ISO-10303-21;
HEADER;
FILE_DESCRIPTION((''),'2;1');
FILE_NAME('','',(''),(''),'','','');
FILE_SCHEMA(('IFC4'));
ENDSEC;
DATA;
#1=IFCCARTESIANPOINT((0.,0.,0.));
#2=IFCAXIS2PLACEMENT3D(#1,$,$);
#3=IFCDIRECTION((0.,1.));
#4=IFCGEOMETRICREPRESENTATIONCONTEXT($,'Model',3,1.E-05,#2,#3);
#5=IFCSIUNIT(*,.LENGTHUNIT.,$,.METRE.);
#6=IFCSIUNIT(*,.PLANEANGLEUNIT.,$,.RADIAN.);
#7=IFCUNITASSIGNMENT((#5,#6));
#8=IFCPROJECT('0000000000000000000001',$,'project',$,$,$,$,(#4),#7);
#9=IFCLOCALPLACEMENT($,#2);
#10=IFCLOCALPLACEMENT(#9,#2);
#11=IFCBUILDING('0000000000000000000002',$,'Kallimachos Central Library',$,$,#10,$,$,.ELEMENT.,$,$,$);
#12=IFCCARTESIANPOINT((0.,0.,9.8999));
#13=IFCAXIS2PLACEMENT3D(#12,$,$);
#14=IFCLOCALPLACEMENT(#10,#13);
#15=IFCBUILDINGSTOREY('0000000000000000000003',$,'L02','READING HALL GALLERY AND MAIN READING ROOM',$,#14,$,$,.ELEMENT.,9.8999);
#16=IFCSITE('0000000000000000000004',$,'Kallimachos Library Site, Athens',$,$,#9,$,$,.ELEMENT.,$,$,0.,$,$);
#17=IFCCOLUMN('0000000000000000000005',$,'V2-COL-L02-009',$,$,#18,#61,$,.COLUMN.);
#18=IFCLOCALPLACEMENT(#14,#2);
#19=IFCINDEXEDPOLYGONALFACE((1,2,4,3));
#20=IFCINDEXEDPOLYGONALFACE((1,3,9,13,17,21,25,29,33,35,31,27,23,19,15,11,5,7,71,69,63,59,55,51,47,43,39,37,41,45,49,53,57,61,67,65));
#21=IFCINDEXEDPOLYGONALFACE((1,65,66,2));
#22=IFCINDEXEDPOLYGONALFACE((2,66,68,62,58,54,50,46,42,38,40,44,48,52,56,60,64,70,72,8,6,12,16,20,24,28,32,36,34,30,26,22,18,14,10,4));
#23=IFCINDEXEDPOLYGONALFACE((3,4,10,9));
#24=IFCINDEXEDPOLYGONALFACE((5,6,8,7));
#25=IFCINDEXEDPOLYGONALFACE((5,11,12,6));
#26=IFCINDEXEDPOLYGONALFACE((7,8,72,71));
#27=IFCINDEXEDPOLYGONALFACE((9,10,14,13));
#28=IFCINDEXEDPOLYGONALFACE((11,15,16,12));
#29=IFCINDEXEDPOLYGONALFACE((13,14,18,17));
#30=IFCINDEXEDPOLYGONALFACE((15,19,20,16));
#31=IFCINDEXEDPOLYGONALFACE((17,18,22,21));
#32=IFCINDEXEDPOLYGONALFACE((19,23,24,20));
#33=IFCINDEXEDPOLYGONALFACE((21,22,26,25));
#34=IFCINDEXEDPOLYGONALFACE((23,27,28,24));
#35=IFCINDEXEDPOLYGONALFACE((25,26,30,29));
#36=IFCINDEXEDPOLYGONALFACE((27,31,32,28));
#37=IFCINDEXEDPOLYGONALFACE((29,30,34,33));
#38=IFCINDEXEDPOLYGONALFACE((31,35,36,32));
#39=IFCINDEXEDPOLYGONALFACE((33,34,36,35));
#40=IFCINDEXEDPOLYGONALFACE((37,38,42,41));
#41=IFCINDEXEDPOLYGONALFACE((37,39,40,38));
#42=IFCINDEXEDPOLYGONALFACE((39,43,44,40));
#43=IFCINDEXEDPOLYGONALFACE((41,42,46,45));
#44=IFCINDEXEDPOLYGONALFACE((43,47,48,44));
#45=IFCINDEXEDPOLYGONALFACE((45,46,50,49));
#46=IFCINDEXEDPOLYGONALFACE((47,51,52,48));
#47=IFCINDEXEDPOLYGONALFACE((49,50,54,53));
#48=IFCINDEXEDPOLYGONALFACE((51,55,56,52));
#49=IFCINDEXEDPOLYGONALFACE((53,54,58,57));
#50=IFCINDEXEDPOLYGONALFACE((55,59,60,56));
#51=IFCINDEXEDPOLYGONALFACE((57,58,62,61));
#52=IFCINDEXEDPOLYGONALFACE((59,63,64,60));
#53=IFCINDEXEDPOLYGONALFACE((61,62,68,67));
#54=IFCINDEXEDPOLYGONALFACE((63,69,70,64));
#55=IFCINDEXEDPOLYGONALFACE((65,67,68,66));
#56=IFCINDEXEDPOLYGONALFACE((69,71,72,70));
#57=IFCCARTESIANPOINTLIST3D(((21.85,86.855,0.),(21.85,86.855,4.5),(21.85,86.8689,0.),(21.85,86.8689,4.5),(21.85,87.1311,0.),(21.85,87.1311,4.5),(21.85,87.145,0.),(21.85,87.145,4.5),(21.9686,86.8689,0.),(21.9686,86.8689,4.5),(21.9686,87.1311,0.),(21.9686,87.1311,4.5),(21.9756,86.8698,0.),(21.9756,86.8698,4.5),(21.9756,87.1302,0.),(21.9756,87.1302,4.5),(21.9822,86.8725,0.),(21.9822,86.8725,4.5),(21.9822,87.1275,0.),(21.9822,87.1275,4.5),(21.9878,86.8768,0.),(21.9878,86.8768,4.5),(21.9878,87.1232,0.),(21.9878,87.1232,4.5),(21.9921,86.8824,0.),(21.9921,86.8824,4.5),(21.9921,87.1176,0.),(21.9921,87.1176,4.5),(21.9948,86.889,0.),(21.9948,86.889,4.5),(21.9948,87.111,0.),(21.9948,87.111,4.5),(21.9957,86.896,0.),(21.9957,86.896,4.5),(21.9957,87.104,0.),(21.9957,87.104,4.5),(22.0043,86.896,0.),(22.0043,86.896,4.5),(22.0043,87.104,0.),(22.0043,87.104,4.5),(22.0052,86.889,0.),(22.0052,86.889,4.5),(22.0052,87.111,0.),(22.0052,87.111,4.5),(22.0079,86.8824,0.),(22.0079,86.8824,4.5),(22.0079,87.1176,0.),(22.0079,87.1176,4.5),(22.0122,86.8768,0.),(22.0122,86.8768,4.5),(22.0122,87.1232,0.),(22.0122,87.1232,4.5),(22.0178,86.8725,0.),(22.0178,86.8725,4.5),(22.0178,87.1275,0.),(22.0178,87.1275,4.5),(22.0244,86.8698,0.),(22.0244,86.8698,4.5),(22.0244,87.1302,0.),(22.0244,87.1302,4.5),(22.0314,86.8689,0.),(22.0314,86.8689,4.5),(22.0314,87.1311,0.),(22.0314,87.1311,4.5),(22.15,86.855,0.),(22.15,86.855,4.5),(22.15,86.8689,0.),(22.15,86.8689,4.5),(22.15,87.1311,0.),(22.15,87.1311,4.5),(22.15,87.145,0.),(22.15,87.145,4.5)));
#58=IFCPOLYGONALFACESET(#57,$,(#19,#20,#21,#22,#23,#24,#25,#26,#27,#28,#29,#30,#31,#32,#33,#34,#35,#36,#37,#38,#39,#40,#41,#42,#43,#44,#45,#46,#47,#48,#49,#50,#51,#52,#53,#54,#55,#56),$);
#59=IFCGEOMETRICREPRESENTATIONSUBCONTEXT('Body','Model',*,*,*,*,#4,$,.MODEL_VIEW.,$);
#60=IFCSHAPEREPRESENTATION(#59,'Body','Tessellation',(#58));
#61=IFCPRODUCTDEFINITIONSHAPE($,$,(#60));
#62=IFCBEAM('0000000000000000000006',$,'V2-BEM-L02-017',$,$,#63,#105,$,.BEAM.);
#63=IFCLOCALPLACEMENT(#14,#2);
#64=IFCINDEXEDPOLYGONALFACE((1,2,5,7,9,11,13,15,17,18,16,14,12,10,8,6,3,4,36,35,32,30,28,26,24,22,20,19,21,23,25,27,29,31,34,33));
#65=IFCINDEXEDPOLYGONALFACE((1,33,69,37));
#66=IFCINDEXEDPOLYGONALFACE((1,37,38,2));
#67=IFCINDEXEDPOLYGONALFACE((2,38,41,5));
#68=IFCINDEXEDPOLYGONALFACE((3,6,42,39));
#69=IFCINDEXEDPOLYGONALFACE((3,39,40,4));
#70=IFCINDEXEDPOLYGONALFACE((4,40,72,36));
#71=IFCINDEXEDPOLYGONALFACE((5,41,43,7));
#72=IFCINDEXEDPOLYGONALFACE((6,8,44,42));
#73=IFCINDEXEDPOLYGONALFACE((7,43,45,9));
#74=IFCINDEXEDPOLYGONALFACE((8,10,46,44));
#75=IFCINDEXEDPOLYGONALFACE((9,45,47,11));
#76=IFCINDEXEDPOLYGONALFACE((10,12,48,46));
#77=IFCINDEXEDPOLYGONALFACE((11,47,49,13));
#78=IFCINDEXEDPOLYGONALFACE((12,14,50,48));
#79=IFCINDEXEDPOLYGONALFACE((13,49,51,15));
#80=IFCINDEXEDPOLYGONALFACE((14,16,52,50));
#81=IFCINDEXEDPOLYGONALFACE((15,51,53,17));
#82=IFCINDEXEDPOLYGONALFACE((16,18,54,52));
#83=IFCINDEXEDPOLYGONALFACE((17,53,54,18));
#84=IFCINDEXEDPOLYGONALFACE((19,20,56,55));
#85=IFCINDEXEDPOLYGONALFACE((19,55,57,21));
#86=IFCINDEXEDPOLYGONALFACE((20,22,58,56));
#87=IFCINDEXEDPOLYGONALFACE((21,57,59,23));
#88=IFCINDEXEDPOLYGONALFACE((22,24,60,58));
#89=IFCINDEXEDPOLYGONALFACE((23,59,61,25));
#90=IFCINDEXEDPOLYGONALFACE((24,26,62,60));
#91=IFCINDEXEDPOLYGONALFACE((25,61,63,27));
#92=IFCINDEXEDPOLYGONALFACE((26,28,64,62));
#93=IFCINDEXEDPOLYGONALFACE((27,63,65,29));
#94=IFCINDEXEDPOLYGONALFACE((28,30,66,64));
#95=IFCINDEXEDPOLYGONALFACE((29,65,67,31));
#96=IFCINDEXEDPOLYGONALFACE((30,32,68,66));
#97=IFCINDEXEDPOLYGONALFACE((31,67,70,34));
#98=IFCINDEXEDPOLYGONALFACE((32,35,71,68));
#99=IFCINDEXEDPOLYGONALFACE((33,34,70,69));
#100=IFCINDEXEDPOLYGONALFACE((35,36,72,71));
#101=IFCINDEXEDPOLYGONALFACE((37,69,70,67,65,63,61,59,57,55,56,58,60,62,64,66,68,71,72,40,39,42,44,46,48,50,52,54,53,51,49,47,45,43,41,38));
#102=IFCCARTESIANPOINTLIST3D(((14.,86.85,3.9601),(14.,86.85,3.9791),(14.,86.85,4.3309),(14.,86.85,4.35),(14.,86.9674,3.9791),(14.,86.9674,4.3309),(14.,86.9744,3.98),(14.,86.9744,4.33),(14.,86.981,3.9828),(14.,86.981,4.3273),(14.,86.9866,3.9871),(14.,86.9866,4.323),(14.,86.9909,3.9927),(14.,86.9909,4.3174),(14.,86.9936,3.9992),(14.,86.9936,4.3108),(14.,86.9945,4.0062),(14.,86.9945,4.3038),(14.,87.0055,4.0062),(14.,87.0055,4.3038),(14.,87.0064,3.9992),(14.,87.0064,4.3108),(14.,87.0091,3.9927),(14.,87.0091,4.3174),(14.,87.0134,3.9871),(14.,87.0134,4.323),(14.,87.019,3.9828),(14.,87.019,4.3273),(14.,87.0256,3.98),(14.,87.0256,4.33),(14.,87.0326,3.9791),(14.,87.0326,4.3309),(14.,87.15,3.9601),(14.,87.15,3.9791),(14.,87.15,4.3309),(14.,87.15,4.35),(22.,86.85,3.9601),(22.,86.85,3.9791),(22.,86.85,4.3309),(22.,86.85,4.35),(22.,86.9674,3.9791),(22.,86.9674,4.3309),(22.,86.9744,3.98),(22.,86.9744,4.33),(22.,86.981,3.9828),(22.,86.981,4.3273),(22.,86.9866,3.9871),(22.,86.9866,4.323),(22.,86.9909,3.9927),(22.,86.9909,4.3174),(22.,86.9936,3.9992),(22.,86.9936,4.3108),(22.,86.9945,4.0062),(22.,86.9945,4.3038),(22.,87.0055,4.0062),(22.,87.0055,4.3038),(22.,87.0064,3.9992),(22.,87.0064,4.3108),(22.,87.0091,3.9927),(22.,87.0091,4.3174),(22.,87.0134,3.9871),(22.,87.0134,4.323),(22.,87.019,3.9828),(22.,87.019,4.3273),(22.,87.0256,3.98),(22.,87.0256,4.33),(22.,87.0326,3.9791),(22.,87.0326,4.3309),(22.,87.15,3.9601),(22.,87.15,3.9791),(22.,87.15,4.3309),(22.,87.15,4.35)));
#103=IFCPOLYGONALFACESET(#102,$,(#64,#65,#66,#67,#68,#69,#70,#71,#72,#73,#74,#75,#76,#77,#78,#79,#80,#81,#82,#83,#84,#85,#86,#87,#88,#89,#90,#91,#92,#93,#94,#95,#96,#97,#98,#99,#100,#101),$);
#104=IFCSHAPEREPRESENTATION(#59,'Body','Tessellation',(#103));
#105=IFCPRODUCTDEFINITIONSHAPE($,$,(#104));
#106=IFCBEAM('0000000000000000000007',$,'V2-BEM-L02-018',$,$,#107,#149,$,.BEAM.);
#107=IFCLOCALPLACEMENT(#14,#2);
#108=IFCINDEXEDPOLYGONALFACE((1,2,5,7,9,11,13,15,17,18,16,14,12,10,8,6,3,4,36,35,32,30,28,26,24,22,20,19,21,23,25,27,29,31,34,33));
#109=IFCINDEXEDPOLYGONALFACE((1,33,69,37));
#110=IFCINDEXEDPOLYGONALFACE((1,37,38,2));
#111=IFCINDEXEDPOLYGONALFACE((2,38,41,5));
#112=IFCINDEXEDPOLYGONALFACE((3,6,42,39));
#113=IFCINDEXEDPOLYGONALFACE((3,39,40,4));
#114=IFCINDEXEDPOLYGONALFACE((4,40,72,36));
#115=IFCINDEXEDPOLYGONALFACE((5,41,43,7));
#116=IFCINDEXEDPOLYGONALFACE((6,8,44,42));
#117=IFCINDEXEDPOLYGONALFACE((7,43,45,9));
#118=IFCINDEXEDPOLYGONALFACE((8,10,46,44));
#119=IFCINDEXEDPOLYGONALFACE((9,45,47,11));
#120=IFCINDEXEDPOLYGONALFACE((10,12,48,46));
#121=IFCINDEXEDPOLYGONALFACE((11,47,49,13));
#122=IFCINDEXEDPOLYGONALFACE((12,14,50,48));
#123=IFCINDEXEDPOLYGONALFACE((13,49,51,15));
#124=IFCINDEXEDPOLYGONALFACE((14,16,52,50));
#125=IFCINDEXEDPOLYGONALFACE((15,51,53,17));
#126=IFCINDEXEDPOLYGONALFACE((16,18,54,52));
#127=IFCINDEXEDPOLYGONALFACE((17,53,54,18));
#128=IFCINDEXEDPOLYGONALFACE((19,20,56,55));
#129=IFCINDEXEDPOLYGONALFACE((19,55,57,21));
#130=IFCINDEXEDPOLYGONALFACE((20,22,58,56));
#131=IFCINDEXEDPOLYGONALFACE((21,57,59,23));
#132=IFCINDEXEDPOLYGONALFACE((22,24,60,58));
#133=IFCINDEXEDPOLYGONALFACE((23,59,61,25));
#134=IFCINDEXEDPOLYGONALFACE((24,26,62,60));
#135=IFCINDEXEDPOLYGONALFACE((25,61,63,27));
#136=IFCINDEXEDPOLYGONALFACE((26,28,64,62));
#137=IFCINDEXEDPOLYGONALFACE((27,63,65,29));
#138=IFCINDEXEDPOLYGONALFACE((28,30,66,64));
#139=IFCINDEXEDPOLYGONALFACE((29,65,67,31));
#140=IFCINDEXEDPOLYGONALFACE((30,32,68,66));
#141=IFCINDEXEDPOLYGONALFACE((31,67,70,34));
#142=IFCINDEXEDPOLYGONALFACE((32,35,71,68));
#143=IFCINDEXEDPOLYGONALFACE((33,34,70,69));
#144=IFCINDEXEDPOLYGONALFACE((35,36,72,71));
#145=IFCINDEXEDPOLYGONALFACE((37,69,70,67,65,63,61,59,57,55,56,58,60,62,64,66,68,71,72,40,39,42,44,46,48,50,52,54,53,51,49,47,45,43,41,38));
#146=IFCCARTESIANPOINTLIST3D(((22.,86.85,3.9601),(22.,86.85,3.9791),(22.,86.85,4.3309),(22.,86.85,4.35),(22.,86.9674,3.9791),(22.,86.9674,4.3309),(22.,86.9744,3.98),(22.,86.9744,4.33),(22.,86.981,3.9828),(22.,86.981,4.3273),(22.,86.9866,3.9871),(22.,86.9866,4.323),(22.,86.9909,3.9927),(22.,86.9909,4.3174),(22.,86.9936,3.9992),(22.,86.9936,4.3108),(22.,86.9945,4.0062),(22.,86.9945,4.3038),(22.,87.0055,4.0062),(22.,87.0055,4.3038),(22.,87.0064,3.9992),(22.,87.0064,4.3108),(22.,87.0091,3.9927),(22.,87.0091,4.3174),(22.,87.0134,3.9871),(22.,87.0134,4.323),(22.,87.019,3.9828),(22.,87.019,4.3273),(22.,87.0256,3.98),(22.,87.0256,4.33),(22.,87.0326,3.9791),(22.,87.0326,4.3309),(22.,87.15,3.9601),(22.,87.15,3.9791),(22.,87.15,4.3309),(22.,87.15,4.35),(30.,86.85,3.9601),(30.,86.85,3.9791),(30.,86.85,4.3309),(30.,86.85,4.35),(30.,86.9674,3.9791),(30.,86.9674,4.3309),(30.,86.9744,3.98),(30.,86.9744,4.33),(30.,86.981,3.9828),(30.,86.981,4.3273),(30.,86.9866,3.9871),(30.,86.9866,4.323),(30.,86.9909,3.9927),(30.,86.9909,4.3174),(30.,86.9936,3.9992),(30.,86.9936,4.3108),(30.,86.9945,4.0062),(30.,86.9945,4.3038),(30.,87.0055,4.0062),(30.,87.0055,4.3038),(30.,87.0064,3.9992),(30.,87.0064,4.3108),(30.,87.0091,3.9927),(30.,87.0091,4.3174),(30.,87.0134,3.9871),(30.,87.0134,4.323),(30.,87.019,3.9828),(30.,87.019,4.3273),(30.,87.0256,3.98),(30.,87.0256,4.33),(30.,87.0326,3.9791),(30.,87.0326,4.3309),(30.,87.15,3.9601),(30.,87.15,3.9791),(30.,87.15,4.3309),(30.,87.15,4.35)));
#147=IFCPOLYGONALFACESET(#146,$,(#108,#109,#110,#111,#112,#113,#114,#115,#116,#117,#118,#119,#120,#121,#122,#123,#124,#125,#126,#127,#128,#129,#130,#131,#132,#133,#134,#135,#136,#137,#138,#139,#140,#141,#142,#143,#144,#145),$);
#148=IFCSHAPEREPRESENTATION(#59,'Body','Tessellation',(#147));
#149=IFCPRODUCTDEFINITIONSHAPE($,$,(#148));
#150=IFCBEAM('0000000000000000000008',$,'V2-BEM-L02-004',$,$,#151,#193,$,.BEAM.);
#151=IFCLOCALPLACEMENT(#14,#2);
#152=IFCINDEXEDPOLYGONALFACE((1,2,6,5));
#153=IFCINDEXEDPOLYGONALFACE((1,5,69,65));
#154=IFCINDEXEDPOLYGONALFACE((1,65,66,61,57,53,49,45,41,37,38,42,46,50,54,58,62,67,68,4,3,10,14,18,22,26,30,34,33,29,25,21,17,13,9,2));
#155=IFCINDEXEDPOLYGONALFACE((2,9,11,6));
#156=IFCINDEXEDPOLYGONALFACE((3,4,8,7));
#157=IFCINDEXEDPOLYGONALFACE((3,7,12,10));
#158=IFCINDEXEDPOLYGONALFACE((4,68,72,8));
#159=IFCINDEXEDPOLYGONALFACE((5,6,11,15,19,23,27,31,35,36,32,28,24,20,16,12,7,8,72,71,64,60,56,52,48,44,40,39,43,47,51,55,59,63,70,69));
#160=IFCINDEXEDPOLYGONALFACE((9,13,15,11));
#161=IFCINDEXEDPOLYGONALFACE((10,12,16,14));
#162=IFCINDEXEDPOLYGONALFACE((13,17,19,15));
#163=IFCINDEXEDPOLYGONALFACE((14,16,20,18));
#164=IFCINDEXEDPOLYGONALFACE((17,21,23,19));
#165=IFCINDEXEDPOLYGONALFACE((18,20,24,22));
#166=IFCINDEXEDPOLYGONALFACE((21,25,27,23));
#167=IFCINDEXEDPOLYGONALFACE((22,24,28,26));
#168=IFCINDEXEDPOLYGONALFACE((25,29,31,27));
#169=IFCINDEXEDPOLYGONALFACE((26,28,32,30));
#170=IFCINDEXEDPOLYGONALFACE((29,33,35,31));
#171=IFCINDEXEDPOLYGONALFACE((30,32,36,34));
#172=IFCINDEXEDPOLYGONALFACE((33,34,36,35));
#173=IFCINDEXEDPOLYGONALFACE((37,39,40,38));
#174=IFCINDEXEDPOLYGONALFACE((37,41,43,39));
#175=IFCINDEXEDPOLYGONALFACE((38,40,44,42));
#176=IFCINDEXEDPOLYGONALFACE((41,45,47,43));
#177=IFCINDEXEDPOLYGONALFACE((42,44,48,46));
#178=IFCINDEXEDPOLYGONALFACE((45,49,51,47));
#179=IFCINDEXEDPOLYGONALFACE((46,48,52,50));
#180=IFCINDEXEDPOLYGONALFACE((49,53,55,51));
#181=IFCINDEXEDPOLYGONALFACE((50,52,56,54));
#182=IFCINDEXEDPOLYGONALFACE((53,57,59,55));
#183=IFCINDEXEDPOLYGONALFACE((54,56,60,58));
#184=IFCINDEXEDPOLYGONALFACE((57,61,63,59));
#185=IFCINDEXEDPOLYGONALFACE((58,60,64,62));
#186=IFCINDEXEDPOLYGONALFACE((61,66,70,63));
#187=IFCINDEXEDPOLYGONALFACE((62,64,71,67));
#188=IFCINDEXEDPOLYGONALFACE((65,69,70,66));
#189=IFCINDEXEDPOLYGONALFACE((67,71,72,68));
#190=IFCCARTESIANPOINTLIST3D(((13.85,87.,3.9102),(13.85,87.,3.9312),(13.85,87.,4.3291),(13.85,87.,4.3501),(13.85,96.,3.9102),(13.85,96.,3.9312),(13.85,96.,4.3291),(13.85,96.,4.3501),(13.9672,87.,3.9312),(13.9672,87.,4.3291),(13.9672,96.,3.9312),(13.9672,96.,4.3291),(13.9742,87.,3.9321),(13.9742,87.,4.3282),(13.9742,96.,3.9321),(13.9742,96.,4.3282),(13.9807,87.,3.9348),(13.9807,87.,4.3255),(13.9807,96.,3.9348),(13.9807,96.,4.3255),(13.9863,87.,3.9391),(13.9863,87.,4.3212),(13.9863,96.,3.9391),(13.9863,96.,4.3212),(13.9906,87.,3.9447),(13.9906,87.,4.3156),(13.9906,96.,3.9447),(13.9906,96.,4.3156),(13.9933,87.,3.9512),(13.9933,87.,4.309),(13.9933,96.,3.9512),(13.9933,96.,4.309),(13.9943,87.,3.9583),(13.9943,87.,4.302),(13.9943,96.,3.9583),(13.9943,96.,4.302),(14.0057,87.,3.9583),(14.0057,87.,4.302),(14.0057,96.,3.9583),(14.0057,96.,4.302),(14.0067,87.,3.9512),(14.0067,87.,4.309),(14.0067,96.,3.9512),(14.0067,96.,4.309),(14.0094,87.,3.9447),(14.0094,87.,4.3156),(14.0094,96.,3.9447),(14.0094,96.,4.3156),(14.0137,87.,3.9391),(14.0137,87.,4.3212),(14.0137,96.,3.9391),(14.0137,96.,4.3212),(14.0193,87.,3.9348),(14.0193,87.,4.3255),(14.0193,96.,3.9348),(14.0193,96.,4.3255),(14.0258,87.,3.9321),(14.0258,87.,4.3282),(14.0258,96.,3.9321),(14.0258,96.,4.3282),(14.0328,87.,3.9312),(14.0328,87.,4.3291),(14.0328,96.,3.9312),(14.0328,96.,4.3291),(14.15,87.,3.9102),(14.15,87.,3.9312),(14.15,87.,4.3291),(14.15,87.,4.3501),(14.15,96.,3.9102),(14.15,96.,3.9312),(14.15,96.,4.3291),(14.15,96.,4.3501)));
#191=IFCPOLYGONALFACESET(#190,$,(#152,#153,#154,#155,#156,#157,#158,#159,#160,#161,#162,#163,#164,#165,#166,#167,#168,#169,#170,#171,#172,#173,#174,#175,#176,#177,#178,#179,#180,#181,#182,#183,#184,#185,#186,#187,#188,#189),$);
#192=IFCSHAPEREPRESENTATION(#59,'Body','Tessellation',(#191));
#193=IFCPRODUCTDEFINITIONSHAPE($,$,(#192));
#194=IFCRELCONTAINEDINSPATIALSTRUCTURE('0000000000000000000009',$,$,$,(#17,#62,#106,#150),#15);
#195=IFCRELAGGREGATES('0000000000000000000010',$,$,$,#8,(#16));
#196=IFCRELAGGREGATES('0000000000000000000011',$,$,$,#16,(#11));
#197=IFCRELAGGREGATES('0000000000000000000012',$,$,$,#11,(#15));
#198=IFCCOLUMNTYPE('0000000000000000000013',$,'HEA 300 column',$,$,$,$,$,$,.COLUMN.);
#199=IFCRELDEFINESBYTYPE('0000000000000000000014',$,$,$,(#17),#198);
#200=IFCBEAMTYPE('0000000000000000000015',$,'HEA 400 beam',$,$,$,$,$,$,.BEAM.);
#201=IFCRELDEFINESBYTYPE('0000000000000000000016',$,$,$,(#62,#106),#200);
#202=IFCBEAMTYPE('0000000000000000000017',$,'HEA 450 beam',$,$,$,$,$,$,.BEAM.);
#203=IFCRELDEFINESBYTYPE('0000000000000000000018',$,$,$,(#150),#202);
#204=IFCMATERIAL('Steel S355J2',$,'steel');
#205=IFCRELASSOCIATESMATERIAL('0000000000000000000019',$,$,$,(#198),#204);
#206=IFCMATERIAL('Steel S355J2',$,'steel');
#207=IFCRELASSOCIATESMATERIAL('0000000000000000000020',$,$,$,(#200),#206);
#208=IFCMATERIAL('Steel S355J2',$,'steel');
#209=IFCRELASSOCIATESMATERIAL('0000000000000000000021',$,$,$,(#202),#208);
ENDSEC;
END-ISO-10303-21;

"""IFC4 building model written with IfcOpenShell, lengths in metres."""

from ifc_helpers import new_model, si_unit, direction, frame, origin, origin_2d, place, context, subcontext, project, spatial, i_section, extrude, material, material_profile, profile_set, type_object, element, save


model = new_model("IFC4")

# Units and contexts
model_context = context("Model", 3, precision=1e-05, world=origin(), true_north=direction((0.0, 1.0)))
body_context = subcontext(model_context, "Body", "Model", "MODEL_VIEW")
ifc_project = project(units=[si_unit("LENGTHUNIT", "METRE"), si_unit("PLANEANGLEUNIT", "RADIAN")], contexts=[model_context])

# Site, building, storey
site_placement = place(None, origin())
site = spatial("IfcSite", under=ifc_project, at=site_placement, Name="Kallimachos Library Site, Athens", CompositionType="ELEMENT", RefElevation=0.0)
building_placement = place(site_placement, origin())
building = spatial("IfcBuilding", under=site, at=building_placement, Name="Kallimachos Central Library", CompositionType="ELEMENT")
storey_placement = place(building_placement, frame((0.0, 0.0, 9.8999)))
storey = spatial("IfcBuildingStorey", under=building, at=storey_placement, Name="L02", Description="READING HALL GALLERY AND MAIN READING ROOM", CompositionType="ELEMENT", Elevation=9.8999)

# Column
ifc_material_1 = material(Name="Steel S355J2", Category="steel")
ifc_material_profile_1 = material_profile(ifc_material_1, i_section(OverallWidth=0.3, OverallDepth=0.29, WebThickness=0.0085, FlangeThickness=0.0139, FilletRadius=0.0271, at=origin_2d()), Name="HEA 300")
ifc_profile_set_1 = profile_set([ifc_material_profile_1], Name="Steel S355J2")
column_type = type_object("IfcColumnType", Name="HEA 300 column", PredefinedType="COLUMN", material=ifc_profile_set_1)
column_placement = place(storey_placement, frame((22.0, 87.0, 0.0), z_axis=(0.0, 0.0, 1.0), x_axis=(1.0, 0.0, 0.0)))
element("IfcColumn", 1, at=column_placement, inside=storey, type_object=column_type, Name="V2-COL-L02-009", PredefinedType="COLUMN", context=body_context, shape_type="SweptSolid", body=[
    extrude(i_section(OverallWidth=0.3, OverallDepth=0.29, WebThickness=0.0085, FlangeThickness=0.0139, FilletRadius=0.0271, at=origin_2d()), origin(), (0.0, 0.0, 1.0), 4.5),
])

# Beams
ifc_material_2 = material(Name="Steel S355J2", Category="steel")
ifc_material_profile_2 = material_profile(ifc_material_2, i_section(OverallWidth=0.3, OverallDepth=0.3899, WebThickness=0.011, FlangeThickness=0.019, FilletRadius=0.0271, at=origin_2d()), Name="HEA 400")
ifc_profile_set_2 = profile_set([ifc_material_profile_2], Name="Steel S355J2")
beam_type_1 = type_object("IfcBeamType", Name="HEA 400 beam", PredefinedType="BEAM", material=ifc_profile_set_2)
for number, where, z_axis, x_axis, name in (
    (2, (14.0, 87.0, 4.155), (1.0, 0.0, 0.0), (0.0, 1.0, 0.0), "V2-BEM-L02-017"),
    (3, (22.0, 87.0, 4.155), (1.0, 0.0, 0.0), (0.0, 1.0, 0.0), "V2-BEM-L02-018"),
):
    element("IfcBeam", number, at=place(storey_placement, frame(where, z_axis=z_axis, x_axis=x_axis)), inside=storey, type_object=beam_type_1, Name=name, PredefinedType="BEAM", context=body_context, shape_type="SweptSolid", body=[
        extrude(i_section(OverallWidth=0.3, OverallDepth=0.3899, WebThickness=0.011, FlangeThickness=0.019, FilletRadius=0.0271, at=origin_2d()), origin(), (0.0, 0.0, 1.0), 8.0),
    ])
ifc_material_3 = material(Name="Steel S355J2", Category="steel")
ifc_material_profile_3 = material_profile(ifc_material_3, i_section(OverallWidth=0.3, OverallDepth=0.4399, WebThickness=0.0115, FlangeThickness=0.021, FilletRadius=0.0271, at=origin_2d()), Name="HEA 450")
ifc_profile_set_3 = profile_set([ifc_material_profile_3], Name="Steel S355J2")
beam_type_2 = type_object("IfcBeamType", Name="HEA 450 beam", PredefinedType="BEAM", material=ifc_profile_set_3)
for number, where, z_axis, x_axis, name in (
    (4, (14.0, 87.0, 4.1301), (0.0, 1.0, 0.0), (-1.0, 0.0, 0.0), "V2-BEM-L02-004"),
):
    element("IfcBeam", number, at=place(storey_placement, frame(where, z_axis=z_axis, x_axis=x_axis)), inside=storey, type_object=beam_type_2, Name=name, PredefinedType="BEAM", context=body_context, shape_type="SweptSolid", body=[
        extrude(i_section(OverallWidth=0.3, OverallDepth=0.4399, WebThickness=0.0115, FlangeThickness=0.021, FilletRadius=0.0271, at=origin_2d()), origin(), (0.0, 0.0, 1.0), 9.0),
    ])

save(model, "model.ifc")
